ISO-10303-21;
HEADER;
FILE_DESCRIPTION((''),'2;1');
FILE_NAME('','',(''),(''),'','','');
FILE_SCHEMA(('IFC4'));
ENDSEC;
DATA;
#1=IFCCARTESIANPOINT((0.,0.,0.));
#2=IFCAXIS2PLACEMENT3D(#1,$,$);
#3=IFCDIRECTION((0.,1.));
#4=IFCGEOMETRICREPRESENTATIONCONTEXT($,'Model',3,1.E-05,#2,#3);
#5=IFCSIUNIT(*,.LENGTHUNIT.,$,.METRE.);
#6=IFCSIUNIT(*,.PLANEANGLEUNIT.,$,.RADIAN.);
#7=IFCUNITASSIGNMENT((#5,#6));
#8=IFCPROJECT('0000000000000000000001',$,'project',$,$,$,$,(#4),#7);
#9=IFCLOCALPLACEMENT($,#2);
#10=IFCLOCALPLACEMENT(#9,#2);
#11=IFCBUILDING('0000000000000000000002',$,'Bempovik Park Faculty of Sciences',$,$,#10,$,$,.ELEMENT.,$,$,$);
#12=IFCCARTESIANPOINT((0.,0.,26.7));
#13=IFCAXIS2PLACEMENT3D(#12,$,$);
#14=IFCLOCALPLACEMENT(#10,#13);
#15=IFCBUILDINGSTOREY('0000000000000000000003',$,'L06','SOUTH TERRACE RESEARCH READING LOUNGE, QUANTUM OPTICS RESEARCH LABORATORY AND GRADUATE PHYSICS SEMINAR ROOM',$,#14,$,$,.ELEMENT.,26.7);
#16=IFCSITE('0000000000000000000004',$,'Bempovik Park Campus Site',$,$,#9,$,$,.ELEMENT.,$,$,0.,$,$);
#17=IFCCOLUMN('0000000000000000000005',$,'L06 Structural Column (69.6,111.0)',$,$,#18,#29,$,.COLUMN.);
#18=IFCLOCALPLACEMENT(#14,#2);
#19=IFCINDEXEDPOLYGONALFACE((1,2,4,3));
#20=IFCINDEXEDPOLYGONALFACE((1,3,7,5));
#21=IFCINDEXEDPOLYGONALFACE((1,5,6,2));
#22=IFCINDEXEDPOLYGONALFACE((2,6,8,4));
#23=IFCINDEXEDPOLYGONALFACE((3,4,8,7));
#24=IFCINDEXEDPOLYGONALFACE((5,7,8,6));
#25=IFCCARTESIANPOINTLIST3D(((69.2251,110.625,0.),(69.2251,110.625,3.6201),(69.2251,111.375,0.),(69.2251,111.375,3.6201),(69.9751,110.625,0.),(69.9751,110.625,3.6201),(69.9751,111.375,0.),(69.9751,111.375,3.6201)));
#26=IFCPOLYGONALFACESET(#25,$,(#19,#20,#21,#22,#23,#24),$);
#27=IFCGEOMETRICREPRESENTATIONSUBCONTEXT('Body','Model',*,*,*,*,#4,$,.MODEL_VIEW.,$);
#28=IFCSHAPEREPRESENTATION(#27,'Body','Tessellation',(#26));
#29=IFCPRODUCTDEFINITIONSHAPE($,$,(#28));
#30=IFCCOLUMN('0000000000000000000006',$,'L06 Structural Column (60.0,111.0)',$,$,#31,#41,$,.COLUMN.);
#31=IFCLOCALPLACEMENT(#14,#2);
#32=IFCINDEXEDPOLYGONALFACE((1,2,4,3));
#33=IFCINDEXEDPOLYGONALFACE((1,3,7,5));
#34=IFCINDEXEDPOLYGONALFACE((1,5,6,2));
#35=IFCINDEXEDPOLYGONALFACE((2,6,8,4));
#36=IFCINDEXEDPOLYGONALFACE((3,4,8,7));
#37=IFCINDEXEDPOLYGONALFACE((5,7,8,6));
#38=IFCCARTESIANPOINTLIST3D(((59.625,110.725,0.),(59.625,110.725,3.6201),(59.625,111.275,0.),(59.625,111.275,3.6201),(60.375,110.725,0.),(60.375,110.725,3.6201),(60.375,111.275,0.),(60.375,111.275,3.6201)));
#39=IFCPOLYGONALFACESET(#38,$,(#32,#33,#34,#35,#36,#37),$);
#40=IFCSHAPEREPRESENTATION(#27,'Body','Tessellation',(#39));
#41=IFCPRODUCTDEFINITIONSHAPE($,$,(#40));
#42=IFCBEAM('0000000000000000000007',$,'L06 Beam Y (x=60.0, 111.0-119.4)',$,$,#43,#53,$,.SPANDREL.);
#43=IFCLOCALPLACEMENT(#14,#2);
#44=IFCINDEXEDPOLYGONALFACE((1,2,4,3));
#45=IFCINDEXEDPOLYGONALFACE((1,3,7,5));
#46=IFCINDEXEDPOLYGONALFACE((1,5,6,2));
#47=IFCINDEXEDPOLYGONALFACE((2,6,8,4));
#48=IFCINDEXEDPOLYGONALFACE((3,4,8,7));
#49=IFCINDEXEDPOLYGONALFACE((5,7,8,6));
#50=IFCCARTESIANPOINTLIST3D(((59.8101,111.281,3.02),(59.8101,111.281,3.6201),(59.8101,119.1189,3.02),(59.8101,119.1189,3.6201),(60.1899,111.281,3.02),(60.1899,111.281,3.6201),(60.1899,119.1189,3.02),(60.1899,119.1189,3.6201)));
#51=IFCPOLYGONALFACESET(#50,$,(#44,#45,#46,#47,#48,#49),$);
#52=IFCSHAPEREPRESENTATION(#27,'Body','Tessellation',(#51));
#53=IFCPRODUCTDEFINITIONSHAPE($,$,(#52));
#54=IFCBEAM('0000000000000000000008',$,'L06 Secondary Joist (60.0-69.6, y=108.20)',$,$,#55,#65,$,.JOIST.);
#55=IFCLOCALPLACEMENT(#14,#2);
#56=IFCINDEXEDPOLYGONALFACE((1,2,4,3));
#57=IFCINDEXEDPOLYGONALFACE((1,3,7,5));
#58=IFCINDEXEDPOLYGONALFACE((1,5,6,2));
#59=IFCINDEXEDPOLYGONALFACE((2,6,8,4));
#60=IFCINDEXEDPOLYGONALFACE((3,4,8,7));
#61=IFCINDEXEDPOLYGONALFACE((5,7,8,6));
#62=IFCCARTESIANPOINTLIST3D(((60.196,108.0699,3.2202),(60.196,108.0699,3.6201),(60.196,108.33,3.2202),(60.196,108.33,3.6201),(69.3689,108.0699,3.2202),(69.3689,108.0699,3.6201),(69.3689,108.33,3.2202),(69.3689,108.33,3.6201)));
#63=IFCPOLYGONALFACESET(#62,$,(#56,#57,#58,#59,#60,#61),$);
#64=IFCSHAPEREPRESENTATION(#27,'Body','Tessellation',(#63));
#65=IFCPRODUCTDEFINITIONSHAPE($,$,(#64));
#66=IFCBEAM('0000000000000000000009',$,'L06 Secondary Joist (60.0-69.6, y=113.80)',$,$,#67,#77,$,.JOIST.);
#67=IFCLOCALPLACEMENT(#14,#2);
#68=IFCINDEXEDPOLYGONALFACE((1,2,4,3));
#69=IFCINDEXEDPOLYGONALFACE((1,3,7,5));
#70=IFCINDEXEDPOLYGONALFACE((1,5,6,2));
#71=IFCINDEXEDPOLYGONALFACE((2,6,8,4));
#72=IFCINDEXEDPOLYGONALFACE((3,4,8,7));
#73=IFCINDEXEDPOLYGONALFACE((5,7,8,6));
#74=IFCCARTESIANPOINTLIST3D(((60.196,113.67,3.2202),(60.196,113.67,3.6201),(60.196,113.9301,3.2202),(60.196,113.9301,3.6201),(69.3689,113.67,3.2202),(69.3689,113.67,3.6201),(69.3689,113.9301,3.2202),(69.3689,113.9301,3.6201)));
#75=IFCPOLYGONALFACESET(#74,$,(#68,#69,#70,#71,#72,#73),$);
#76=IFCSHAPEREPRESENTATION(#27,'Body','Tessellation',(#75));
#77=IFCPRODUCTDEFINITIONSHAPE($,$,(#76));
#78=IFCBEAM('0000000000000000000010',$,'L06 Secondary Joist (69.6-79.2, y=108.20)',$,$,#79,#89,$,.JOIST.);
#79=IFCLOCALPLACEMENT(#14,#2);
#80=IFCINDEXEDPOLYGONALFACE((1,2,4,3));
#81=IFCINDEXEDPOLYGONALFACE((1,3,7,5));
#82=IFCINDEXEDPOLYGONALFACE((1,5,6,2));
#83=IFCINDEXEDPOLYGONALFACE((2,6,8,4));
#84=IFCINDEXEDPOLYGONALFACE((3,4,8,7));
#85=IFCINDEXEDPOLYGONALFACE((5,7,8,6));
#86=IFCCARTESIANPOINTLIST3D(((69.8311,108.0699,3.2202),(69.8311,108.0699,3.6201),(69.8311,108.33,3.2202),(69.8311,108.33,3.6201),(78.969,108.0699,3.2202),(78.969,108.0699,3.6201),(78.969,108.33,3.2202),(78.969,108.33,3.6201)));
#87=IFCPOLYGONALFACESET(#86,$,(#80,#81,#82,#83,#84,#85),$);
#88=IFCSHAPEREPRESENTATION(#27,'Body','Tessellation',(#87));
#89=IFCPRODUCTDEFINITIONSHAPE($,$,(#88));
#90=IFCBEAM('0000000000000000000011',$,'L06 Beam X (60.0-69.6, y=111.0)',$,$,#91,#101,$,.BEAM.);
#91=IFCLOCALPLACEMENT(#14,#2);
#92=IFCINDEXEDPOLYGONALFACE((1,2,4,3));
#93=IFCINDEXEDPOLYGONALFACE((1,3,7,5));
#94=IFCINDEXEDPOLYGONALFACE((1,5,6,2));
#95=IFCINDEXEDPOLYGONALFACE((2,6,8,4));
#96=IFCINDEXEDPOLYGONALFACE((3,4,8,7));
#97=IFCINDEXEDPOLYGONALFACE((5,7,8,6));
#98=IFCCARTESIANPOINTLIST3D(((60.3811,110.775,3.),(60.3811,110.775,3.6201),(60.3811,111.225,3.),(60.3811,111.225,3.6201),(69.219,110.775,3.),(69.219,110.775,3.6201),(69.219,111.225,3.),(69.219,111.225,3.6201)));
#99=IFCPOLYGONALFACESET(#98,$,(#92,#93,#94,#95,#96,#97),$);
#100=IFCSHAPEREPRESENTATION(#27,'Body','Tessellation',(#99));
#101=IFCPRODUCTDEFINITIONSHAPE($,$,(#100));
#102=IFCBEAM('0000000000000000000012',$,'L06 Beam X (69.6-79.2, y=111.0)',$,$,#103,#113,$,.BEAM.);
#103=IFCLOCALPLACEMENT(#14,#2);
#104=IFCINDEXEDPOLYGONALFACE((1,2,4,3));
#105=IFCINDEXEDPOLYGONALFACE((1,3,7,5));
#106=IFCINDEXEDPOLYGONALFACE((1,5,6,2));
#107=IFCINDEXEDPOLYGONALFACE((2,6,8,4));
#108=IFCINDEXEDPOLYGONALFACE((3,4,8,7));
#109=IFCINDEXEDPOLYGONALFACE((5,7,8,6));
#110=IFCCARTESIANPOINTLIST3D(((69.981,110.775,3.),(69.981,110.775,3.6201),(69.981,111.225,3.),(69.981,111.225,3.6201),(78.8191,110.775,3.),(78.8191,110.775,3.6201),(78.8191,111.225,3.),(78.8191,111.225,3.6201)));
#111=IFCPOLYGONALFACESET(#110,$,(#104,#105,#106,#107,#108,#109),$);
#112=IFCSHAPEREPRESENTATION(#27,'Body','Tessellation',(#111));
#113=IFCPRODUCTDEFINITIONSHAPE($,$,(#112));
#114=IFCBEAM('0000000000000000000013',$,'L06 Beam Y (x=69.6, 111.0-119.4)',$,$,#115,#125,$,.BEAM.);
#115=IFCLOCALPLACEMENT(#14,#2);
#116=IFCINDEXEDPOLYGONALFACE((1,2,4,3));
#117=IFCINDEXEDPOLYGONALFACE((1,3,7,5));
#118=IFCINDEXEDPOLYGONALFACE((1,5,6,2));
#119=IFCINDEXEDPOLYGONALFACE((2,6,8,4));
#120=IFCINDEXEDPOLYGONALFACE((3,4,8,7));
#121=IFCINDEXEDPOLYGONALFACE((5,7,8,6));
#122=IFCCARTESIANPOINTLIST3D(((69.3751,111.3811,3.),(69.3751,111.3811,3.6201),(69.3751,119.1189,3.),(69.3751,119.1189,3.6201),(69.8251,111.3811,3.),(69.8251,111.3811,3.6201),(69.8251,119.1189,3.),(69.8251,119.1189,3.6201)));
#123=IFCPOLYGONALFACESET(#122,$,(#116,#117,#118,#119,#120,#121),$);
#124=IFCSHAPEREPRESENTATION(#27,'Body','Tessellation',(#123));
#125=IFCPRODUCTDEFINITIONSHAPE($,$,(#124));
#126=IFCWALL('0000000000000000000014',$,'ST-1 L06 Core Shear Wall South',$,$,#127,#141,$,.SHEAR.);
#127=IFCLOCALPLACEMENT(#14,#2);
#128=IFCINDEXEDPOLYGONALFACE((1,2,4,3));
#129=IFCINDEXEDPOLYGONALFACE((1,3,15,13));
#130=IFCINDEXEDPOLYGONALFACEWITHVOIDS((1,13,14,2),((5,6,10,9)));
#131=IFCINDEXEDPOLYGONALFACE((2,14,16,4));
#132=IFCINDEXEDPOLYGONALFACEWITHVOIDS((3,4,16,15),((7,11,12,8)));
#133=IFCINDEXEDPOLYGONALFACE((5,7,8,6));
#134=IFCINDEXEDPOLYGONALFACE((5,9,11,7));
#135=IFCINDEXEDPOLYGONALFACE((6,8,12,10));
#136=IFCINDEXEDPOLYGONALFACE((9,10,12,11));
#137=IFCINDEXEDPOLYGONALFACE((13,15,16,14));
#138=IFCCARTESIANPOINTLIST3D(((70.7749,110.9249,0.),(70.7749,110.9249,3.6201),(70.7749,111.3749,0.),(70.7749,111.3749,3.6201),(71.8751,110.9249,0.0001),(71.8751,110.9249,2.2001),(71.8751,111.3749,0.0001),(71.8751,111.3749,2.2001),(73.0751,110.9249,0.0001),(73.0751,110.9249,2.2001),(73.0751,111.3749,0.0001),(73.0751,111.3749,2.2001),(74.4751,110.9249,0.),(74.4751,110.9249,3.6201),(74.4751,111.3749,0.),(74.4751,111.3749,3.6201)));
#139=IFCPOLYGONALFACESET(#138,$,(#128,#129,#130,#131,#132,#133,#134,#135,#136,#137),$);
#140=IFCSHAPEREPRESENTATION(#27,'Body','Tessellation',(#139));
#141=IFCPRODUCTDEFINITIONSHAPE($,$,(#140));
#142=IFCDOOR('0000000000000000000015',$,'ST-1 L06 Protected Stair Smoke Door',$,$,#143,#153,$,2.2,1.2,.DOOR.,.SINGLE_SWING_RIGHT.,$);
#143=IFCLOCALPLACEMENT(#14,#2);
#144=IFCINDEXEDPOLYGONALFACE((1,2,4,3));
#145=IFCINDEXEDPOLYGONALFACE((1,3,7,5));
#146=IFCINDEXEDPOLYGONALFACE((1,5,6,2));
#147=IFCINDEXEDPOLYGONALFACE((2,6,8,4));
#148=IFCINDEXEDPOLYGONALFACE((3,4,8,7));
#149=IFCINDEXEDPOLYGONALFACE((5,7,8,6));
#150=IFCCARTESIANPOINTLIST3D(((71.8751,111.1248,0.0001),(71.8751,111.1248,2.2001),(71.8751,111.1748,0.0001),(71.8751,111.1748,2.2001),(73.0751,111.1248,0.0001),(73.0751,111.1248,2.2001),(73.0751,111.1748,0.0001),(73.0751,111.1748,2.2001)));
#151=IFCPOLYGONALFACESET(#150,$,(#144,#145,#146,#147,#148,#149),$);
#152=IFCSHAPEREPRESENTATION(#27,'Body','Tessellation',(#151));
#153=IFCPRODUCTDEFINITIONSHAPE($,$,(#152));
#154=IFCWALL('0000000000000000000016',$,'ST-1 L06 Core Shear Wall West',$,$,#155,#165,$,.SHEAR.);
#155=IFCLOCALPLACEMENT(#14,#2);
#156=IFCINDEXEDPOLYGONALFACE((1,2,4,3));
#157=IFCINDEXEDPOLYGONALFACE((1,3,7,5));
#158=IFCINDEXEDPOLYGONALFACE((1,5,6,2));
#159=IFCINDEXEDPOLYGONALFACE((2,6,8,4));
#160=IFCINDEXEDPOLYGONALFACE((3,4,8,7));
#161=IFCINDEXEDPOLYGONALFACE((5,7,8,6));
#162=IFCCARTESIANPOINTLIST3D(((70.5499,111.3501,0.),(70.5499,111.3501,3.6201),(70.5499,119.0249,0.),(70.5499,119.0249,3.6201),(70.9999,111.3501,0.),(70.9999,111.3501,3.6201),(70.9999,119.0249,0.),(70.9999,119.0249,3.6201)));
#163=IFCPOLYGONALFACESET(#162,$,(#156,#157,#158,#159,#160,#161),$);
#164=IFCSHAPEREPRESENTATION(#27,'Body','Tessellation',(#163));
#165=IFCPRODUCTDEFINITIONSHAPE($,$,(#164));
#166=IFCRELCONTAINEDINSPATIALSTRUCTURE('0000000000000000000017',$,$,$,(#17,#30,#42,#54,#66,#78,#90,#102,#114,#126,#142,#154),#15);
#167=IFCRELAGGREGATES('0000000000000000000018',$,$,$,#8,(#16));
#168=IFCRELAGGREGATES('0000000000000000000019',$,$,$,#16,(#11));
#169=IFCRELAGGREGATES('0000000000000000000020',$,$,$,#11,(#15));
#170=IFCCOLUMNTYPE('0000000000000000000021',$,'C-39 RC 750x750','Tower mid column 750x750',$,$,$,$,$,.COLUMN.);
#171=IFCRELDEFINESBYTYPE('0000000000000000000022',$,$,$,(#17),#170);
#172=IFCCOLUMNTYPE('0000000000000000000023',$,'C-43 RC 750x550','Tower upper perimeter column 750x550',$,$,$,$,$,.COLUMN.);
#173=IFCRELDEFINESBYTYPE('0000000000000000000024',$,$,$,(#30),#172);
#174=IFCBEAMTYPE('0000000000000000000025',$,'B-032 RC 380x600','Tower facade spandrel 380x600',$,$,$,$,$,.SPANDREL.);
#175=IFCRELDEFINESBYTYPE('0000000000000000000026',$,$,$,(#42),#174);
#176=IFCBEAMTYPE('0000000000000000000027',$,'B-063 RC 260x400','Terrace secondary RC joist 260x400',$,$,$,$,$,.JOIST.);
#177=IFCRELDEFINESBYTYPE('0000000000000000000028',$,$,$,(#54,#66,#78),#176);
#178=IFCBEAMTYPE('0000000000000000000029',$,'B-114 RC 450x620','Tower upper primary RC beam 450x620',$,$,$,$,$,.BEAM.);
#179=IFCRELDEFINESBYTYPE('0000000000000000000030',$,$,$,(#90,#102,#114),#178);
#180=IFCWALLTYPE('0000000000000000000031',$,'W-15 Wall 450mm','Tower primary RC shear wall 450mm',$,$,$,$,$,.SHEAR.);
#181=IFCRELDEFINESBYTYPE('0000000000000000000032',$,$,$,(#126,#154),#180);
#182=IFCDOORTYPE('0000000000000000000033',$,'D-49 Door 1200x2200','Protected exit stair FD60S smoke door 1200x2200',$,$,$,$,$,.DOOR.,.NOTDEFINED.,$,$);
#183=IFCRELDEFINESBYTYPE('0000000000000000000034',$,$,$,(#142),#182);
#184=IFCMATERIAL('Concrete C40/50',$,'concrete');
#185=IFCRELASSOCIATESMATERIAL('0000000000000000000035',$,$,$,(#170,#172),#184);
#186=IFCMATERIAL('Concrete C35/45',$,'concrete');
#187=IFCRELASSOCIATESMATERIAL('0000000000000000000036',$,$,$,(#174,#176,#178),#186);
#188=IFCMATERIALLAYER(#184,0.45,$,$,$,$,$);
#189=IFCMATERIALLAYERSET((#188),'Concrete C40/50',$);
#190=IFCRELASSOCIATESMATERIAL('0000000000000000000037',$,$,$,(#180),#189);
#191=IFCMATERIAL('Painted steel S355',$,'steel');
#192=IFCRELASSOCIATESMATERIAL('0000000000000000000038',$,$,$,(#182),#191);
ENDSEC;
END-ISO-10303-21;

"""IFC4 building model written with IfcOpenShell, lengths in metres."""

from ifc_helpers import new_model, si_unit, direction, frame, frame_2d, origin, origin_2d, place, context, subcontext, project, spatial, rectangle, extrude, material, layer, layer_set, material_profile, profile_set, type_object, element, fill, save


model = new_model("IFC4")

# Units and contexts
model_context = context("Model", 3, precision=1e-05, world=origin(), true_north=direction((0.0, 1.0)))
body_context = subcontext(model_context, "Body", "Model", "MODEL_VIEW")
ifc_project = project(units=[si_unit("LENGTHUNIT", "METRE"), si_unit("PLANEANGLEUNIT", "RADIAN")], contexts=[model_context])

# Site, building, storey
site_placement = place(None, origin())
site = spatial("IfcSite", under=ifc_project, at=site_placement, Name="Bempovik Park Campus Site", CompositionType="ELEMENT", RefElevation=0.0)
building_placement = place(site_placement, origin())
building = spatial("IfcBuilding", under=site, at=building_placement, Name="Bempovik Park Faculty of Sciences", CompositionType="ELEMENT")
storey_placement = place(building_placement, frame((0.0, 0.0, 26.7)))
storey = spatial("IfcBuildingStorey", under=building, at=storey_placement, Name="L06", Description="SOUTH TERRACE RESEARCH READING LOUNGE, QUANTUM OPTICS RESEARCH LABORATORY AND GRADUATE PHYSICS SEMINAR ROOM", CompositionType="ELEMENT", Elevation=26.7)

# Columns
ifc_material_1 = material(Name="Concrete C40/50", Category="concrete")
ifc_material_profile_1 = material_profile(ifc_material_1, rectangle(XDim=0.75, YDim=0.75, at=origin_2d()), Name="RC 750x750")
ifc_profile_set_1 = profile_set([ifc_material_profile_1], Name="Concrete C40/50")
column_type_1 = type_object("IfcColumnType", Name="C-39 RC 750x750", Description="Tower mid column 750x750", PredefinedType="COLUMN", material=ifc_profile_set_1)
column_1_placement = place(storey_placement, frame((69.6001, 111.0, 0.0), z_axis=(0.0, 0.0, 1.0), x_axis=(1.0, 0.0, 0.0)))
element("IfcColumn", 1, at=column_1_placement, inside=storey, type_object=column_type_1, Name="L06 Structural Column (69.6,111.0)", PredefinedType="COLUMN", context=body_context, shape_type="SweptSolid", body=[
    extrude(rectangle(XDim=0.75, YDim=0.75, at=origin_2d()), origin(), (0.0, 0.0, 1.0), 3.6201),
])
ifc_material_profile_2 = material_profile(ifc_material_1, rectangle(XDim=0.75, YDim=0.55, at=origin_2d()), Name="RC 750x550")
ifc_profile_set_2 = profile_set([ifc_material_profile_2], Name="Concrete C40/50")
column_type_2 = type_object("IfcColumnType", Name="C-43 RC 750x550", Description="Tower upper perimeter column 750x550", PredefinedType="COLUMN", material=ifc_profile_set_2)
column_2_placement = place(storey_placement, frame((60.0, 111.0, 0.0), z_axis=(0.0, 0.0, 1.0), x_axis=(1.0, 0.0, 0.0)))
element("IfcColumn", 2, at=column_2_placement, inside=storey, type_object=column_type_2, Name="L06 Structural Column (60.0,111.0)", PredefinedType="COLUMN", context=body_context, shape_type="SweptSolid", body=[
    extrude(rectangle(XDim=0.75, YDim=0.55, at=origin_2d()), origin(), (0.0, 0.0, 1.0), 3.6201),
])

# Beams
ifc_material_2 = material(Name="Concrete C35/45", Category="concrete")
ifc_material_profile_3 = material_profile(ifc_material_2, rectangle(XDim=0.3799, YDim=0.6001, at=origin_2d()), Name="RC 380x600")
ifc_profile_set_3 = profile_set([ifc_material_profile_3], Name="Concrete C35/45")
beam_type_1 = type_object("IfcBeamType", Name="B-032 RC 380x600", Description="Tower facade spandrel 380x600", PredefinedType="SPANDREL", material=ifc_profile_set_3)
beam_1_placement = place(storey_placement, frame((60.0, 111.281, 3.3201), z_axis=(0.0, 1.0, 0.0), x_axis=(-1.0, 0.0, 0.0)))
element("IfcBeam", 3, at=beam_1_placement, inside=storey, type_object=beam_type_1, Name="L06 Beam Y (x=60.0, 111.0-119.4)", PredefinedType="SPANDREL", context=body_context, shape_type="SweptSolid", body=[
    extrude(rectangle(XDim=0.3799, YDim=0.6001, at=origin_2d()), origin(), (0.0, 0.0, 1.0), 7.8379),
])
ifc_material_profile_4 = material_profile(ifc_material_2, rectangle(XDim=0.26, YDim=0.3999, at=origin_2d()), Name="RC 260x400")
ifc_profile_set_4 = profile_set([ifc_material_profile_4], Name="Concrete C35/45")
beam_type_2 = type_object("IfcBeamType", Name="B-063 RC 260x400", Description="Terrace secondary RC joist 260x400", PredefinedType="JOIST", material=ifc_profile_set_4)
for number, where, z_axis, x_axis, name in (
    (4, (60.196, 108.2, 3.4202), (1.0, 0.0, 0.0), (0.0, 1.0, 0.0), "L06 Secondary Joist (60.0-69.6, y=108.20)"),
    (5, (60.196, 113.8, 3.4202), (1.0, 0.0, 0.0), (0.0, 1.0, 0.0), "L06 Secondary Joist (60.0-69.6, y=113.80)"),
):
    element("IfcBeam", number, at=place(storey_placement, frame(where, z_axis=z_axis, x_axis=x_axis)), inside=storey, type_object=beam_type_2, Name=name, PredefinedType="JOIST", context=body_context, shape_type="SweptSolid", body=[
        extrude(rectangle(XDim=0.26, YDim=0.3999, at=origin_2d()), origin(), (0.0, 0.0, 1.0), 9.1729),
    ])
beam_2_placement = place(storey_placement, frame((69.8311, 108.2, 3.4202), z_axis=(1.0, 0.0, 0.0), x_axis=(0.0, 1.0, 0.0)))
element("IfcBeam", 6, at=beam_2_placement, inside=storey, type_object=beam_type_2, Name="L06 Secondary Joist (69.6-79.2, y=108.20)", PredefinedType="JOIST", context=body_context, shape_type="SweptSolid", body=[
    extrude(rectangle(XDim=0.26, YDim=0.3999, at=origin_2d()), origin(), (0.0, 0.0, 1.0), 9.1379),
])
ifc_material_profile_5 = material_profile(ifc_material_2, rectangle(XDim=0.45, YDim=0.6201, at=origin_2d()), Name="RC 450x620")
ifc_profile_set_5 = profile_set([ifc_material_profile_5], Name="Concrete C35/45")
beam_type_3 = type_object("IfcBeamType", Name="B-114 RC 450x620", Description="Tower upper primary RC beam 450x620", PredefinedType="BEAM", material=ifc_profile_set_5)
beam_3_placement = place(storey_placement, frame((60.3811, 111.0, 3.3101), z_axis=(1.0, 0.0, 0.0), x_axis=(0.0, 1.0, 0.0)))
element("IfcBeam", 7, at=beam_3_placement, inside=storey, type_object=beam_type_3, Name="L06 Beam X (60.0-69.6, y=111.0)", PredefinedType="BEAM", context=body_context, shape_type="SweptSolid", body=[
    extrude(rectangle(XDim=0.45, YDim=0.6201, at=origin_2d()), origin(), (0.0, 0.0, 1.0), 8.8379),
])
beam_4_placement = place(storey_placement, frame((69.981, 111.0, 3.3101), z_axis=(1.0, 0.0, 0.0), x_axis=(0.0, 1.0, 0.0)))
element("IfcBeam", 8, at=beam_4_placement, inside=storey, type_object=beam_type_3, Name="L06 Beam X (69.6-79.2, y=111.0)", PredefinedType="BEAM", context=body_context, shape_type="SweptSolid", body=[
    extrude(rectangle(XDim=0.45, YDim=0.6201, at=origin_2d()), origin(), (0.0, 0.0, 1.0), 8.8381),
])
beam_5_placement = place(storey_placement, frame((69.6001, 111.3811, 3.3101), z_axis=(0.0, 1.0, 0.0), x_axis=(-1.0, 0.0, 0.0)))
element("IfcBeam", 9, at=beam_5_placement, inside=storey, type_object=beam_type_3, Name="L06 Beam Y (x=69.6, 111.0-119.4)", PredefinedType="BEAM", context=body_context, shape_type="SweptSolid", body=[
    extrude(rectangle(XDim=0.45, YDim=0.6201, at=origin_2d()), origin(), (0.0, 0.0, 1.0), 7.7378),
])

# Wall, opening, door
ifc_layer_1 = layer(ifc_material_1, 0.45)
ifc_layer_set_1 = layer_set([ifc_layer_1], Name="Concrete C40/50")
wall_type_1 = type_object("IfcWallType", Name="W-15 Wall 450mm", Description="Tower primary RC shear wall 450mm", PredefinedType="SHEAR", material=ifc_layer_set_1)
wall_1_placement = place(storey_placement, frame((70.7749, 111.1499, 0.0), z_axis=(0.0, 0.0, 1.0), x_axis=(1.0, 0.0, 0.0)))
wall_1 = element("IfcWall", 10, at=wall_1_placement, inside=storey, type_object=wall_type_1, Name="ST-1 L06 Core Shear Wall South", PredefinedType="SHEAR", context=body_context, shape_type="SweptSolid", body=[
    extrude(rectangle(XDim=3.7002, YDim=0.45, at=frame_2d((1.8501, 0.0))), origin(), (0.0, 0.0, 1.0), 3.6201),
])
opening_1_placement = place(wall_1_placement, frame((1.1001, 0.0, 0.0)))
opening_1 = element("IfcOpeningElement", 11, at=opening_1_placement, cuts=wall_1, PredefinedType="OPENING", context=body_context, shape_type="SweptSolid", body=[
    extrude(rectangle(XDim=1.2, YDim=2.2, at=frame_2d((0.6001, 1.1001))), frame((0.0, 0.2349, 0.0), z_axis=(0.0, -1.0, 0.0), x_axis=(1.0, 0.0, 0.0)), (0.0, 0.0, 1.0), 0.47),
])
ifc_material_3 = material(Name="Painted steel S355", Category="steel")
door_type_1 = type_object("IfcDoorType", Name="D-49 Door 1200x2200", Description="Protected exit stair FD60S smoke door 1200x2200", OperationType="NOTDEFINED", PredefinedType="DOOR", material=ifc_material_3)
door_1_placement = place(opening_1_placement, origin())
door_1 = element("IfcDoor", 12, at=door_1_placement, inside=storey, type_object=door_type_1, Name="ST-1 L06 Protected Stair Smoke Door", OperationType="SINGLE_SWING_RIGHT", OverallHeight=2.2, OverallWidth=1.2, PredefinedType="DOOR", context=body_context, shape_type="SweptSolid", body=[
    extrude(rectangle(XDim=1.2, YDim=2.2, at=frame_2d((0.6001, 1.1001))), frame((0.0, 0.0249, 0.0), z_axis=(0.0, -1.0, 0.0), x_axis=(1.0, 0.0, 0.0)), (0.0, 0.0, 1.0), 0.05),
])
fill(opening_1, door_1)

# Wall
wall_2_placement = place(storey_placement, frame((70.7749, 111.3501, 0.0), z_axis=(0.0, 0.0, 1.0), x_axis=(0.0, 1.0, 0.0)))
element("IfcWall", 13, at=wall_2_placement, inside=storey, type_object=wall_type_1, Name="ST-1 L06 Core Shear Wall West", PredefinedType="SHEAR", context=body_context, shape_type="SweptSolid", body=[
    extrude(rectangle(XDim=7.6748, YDim=0.45, at=frame_2d((3.8374, 0.0))), origin(), (0.0, 0.0, 1.0), 3.6201),
])

save(model, "model.ifc")
